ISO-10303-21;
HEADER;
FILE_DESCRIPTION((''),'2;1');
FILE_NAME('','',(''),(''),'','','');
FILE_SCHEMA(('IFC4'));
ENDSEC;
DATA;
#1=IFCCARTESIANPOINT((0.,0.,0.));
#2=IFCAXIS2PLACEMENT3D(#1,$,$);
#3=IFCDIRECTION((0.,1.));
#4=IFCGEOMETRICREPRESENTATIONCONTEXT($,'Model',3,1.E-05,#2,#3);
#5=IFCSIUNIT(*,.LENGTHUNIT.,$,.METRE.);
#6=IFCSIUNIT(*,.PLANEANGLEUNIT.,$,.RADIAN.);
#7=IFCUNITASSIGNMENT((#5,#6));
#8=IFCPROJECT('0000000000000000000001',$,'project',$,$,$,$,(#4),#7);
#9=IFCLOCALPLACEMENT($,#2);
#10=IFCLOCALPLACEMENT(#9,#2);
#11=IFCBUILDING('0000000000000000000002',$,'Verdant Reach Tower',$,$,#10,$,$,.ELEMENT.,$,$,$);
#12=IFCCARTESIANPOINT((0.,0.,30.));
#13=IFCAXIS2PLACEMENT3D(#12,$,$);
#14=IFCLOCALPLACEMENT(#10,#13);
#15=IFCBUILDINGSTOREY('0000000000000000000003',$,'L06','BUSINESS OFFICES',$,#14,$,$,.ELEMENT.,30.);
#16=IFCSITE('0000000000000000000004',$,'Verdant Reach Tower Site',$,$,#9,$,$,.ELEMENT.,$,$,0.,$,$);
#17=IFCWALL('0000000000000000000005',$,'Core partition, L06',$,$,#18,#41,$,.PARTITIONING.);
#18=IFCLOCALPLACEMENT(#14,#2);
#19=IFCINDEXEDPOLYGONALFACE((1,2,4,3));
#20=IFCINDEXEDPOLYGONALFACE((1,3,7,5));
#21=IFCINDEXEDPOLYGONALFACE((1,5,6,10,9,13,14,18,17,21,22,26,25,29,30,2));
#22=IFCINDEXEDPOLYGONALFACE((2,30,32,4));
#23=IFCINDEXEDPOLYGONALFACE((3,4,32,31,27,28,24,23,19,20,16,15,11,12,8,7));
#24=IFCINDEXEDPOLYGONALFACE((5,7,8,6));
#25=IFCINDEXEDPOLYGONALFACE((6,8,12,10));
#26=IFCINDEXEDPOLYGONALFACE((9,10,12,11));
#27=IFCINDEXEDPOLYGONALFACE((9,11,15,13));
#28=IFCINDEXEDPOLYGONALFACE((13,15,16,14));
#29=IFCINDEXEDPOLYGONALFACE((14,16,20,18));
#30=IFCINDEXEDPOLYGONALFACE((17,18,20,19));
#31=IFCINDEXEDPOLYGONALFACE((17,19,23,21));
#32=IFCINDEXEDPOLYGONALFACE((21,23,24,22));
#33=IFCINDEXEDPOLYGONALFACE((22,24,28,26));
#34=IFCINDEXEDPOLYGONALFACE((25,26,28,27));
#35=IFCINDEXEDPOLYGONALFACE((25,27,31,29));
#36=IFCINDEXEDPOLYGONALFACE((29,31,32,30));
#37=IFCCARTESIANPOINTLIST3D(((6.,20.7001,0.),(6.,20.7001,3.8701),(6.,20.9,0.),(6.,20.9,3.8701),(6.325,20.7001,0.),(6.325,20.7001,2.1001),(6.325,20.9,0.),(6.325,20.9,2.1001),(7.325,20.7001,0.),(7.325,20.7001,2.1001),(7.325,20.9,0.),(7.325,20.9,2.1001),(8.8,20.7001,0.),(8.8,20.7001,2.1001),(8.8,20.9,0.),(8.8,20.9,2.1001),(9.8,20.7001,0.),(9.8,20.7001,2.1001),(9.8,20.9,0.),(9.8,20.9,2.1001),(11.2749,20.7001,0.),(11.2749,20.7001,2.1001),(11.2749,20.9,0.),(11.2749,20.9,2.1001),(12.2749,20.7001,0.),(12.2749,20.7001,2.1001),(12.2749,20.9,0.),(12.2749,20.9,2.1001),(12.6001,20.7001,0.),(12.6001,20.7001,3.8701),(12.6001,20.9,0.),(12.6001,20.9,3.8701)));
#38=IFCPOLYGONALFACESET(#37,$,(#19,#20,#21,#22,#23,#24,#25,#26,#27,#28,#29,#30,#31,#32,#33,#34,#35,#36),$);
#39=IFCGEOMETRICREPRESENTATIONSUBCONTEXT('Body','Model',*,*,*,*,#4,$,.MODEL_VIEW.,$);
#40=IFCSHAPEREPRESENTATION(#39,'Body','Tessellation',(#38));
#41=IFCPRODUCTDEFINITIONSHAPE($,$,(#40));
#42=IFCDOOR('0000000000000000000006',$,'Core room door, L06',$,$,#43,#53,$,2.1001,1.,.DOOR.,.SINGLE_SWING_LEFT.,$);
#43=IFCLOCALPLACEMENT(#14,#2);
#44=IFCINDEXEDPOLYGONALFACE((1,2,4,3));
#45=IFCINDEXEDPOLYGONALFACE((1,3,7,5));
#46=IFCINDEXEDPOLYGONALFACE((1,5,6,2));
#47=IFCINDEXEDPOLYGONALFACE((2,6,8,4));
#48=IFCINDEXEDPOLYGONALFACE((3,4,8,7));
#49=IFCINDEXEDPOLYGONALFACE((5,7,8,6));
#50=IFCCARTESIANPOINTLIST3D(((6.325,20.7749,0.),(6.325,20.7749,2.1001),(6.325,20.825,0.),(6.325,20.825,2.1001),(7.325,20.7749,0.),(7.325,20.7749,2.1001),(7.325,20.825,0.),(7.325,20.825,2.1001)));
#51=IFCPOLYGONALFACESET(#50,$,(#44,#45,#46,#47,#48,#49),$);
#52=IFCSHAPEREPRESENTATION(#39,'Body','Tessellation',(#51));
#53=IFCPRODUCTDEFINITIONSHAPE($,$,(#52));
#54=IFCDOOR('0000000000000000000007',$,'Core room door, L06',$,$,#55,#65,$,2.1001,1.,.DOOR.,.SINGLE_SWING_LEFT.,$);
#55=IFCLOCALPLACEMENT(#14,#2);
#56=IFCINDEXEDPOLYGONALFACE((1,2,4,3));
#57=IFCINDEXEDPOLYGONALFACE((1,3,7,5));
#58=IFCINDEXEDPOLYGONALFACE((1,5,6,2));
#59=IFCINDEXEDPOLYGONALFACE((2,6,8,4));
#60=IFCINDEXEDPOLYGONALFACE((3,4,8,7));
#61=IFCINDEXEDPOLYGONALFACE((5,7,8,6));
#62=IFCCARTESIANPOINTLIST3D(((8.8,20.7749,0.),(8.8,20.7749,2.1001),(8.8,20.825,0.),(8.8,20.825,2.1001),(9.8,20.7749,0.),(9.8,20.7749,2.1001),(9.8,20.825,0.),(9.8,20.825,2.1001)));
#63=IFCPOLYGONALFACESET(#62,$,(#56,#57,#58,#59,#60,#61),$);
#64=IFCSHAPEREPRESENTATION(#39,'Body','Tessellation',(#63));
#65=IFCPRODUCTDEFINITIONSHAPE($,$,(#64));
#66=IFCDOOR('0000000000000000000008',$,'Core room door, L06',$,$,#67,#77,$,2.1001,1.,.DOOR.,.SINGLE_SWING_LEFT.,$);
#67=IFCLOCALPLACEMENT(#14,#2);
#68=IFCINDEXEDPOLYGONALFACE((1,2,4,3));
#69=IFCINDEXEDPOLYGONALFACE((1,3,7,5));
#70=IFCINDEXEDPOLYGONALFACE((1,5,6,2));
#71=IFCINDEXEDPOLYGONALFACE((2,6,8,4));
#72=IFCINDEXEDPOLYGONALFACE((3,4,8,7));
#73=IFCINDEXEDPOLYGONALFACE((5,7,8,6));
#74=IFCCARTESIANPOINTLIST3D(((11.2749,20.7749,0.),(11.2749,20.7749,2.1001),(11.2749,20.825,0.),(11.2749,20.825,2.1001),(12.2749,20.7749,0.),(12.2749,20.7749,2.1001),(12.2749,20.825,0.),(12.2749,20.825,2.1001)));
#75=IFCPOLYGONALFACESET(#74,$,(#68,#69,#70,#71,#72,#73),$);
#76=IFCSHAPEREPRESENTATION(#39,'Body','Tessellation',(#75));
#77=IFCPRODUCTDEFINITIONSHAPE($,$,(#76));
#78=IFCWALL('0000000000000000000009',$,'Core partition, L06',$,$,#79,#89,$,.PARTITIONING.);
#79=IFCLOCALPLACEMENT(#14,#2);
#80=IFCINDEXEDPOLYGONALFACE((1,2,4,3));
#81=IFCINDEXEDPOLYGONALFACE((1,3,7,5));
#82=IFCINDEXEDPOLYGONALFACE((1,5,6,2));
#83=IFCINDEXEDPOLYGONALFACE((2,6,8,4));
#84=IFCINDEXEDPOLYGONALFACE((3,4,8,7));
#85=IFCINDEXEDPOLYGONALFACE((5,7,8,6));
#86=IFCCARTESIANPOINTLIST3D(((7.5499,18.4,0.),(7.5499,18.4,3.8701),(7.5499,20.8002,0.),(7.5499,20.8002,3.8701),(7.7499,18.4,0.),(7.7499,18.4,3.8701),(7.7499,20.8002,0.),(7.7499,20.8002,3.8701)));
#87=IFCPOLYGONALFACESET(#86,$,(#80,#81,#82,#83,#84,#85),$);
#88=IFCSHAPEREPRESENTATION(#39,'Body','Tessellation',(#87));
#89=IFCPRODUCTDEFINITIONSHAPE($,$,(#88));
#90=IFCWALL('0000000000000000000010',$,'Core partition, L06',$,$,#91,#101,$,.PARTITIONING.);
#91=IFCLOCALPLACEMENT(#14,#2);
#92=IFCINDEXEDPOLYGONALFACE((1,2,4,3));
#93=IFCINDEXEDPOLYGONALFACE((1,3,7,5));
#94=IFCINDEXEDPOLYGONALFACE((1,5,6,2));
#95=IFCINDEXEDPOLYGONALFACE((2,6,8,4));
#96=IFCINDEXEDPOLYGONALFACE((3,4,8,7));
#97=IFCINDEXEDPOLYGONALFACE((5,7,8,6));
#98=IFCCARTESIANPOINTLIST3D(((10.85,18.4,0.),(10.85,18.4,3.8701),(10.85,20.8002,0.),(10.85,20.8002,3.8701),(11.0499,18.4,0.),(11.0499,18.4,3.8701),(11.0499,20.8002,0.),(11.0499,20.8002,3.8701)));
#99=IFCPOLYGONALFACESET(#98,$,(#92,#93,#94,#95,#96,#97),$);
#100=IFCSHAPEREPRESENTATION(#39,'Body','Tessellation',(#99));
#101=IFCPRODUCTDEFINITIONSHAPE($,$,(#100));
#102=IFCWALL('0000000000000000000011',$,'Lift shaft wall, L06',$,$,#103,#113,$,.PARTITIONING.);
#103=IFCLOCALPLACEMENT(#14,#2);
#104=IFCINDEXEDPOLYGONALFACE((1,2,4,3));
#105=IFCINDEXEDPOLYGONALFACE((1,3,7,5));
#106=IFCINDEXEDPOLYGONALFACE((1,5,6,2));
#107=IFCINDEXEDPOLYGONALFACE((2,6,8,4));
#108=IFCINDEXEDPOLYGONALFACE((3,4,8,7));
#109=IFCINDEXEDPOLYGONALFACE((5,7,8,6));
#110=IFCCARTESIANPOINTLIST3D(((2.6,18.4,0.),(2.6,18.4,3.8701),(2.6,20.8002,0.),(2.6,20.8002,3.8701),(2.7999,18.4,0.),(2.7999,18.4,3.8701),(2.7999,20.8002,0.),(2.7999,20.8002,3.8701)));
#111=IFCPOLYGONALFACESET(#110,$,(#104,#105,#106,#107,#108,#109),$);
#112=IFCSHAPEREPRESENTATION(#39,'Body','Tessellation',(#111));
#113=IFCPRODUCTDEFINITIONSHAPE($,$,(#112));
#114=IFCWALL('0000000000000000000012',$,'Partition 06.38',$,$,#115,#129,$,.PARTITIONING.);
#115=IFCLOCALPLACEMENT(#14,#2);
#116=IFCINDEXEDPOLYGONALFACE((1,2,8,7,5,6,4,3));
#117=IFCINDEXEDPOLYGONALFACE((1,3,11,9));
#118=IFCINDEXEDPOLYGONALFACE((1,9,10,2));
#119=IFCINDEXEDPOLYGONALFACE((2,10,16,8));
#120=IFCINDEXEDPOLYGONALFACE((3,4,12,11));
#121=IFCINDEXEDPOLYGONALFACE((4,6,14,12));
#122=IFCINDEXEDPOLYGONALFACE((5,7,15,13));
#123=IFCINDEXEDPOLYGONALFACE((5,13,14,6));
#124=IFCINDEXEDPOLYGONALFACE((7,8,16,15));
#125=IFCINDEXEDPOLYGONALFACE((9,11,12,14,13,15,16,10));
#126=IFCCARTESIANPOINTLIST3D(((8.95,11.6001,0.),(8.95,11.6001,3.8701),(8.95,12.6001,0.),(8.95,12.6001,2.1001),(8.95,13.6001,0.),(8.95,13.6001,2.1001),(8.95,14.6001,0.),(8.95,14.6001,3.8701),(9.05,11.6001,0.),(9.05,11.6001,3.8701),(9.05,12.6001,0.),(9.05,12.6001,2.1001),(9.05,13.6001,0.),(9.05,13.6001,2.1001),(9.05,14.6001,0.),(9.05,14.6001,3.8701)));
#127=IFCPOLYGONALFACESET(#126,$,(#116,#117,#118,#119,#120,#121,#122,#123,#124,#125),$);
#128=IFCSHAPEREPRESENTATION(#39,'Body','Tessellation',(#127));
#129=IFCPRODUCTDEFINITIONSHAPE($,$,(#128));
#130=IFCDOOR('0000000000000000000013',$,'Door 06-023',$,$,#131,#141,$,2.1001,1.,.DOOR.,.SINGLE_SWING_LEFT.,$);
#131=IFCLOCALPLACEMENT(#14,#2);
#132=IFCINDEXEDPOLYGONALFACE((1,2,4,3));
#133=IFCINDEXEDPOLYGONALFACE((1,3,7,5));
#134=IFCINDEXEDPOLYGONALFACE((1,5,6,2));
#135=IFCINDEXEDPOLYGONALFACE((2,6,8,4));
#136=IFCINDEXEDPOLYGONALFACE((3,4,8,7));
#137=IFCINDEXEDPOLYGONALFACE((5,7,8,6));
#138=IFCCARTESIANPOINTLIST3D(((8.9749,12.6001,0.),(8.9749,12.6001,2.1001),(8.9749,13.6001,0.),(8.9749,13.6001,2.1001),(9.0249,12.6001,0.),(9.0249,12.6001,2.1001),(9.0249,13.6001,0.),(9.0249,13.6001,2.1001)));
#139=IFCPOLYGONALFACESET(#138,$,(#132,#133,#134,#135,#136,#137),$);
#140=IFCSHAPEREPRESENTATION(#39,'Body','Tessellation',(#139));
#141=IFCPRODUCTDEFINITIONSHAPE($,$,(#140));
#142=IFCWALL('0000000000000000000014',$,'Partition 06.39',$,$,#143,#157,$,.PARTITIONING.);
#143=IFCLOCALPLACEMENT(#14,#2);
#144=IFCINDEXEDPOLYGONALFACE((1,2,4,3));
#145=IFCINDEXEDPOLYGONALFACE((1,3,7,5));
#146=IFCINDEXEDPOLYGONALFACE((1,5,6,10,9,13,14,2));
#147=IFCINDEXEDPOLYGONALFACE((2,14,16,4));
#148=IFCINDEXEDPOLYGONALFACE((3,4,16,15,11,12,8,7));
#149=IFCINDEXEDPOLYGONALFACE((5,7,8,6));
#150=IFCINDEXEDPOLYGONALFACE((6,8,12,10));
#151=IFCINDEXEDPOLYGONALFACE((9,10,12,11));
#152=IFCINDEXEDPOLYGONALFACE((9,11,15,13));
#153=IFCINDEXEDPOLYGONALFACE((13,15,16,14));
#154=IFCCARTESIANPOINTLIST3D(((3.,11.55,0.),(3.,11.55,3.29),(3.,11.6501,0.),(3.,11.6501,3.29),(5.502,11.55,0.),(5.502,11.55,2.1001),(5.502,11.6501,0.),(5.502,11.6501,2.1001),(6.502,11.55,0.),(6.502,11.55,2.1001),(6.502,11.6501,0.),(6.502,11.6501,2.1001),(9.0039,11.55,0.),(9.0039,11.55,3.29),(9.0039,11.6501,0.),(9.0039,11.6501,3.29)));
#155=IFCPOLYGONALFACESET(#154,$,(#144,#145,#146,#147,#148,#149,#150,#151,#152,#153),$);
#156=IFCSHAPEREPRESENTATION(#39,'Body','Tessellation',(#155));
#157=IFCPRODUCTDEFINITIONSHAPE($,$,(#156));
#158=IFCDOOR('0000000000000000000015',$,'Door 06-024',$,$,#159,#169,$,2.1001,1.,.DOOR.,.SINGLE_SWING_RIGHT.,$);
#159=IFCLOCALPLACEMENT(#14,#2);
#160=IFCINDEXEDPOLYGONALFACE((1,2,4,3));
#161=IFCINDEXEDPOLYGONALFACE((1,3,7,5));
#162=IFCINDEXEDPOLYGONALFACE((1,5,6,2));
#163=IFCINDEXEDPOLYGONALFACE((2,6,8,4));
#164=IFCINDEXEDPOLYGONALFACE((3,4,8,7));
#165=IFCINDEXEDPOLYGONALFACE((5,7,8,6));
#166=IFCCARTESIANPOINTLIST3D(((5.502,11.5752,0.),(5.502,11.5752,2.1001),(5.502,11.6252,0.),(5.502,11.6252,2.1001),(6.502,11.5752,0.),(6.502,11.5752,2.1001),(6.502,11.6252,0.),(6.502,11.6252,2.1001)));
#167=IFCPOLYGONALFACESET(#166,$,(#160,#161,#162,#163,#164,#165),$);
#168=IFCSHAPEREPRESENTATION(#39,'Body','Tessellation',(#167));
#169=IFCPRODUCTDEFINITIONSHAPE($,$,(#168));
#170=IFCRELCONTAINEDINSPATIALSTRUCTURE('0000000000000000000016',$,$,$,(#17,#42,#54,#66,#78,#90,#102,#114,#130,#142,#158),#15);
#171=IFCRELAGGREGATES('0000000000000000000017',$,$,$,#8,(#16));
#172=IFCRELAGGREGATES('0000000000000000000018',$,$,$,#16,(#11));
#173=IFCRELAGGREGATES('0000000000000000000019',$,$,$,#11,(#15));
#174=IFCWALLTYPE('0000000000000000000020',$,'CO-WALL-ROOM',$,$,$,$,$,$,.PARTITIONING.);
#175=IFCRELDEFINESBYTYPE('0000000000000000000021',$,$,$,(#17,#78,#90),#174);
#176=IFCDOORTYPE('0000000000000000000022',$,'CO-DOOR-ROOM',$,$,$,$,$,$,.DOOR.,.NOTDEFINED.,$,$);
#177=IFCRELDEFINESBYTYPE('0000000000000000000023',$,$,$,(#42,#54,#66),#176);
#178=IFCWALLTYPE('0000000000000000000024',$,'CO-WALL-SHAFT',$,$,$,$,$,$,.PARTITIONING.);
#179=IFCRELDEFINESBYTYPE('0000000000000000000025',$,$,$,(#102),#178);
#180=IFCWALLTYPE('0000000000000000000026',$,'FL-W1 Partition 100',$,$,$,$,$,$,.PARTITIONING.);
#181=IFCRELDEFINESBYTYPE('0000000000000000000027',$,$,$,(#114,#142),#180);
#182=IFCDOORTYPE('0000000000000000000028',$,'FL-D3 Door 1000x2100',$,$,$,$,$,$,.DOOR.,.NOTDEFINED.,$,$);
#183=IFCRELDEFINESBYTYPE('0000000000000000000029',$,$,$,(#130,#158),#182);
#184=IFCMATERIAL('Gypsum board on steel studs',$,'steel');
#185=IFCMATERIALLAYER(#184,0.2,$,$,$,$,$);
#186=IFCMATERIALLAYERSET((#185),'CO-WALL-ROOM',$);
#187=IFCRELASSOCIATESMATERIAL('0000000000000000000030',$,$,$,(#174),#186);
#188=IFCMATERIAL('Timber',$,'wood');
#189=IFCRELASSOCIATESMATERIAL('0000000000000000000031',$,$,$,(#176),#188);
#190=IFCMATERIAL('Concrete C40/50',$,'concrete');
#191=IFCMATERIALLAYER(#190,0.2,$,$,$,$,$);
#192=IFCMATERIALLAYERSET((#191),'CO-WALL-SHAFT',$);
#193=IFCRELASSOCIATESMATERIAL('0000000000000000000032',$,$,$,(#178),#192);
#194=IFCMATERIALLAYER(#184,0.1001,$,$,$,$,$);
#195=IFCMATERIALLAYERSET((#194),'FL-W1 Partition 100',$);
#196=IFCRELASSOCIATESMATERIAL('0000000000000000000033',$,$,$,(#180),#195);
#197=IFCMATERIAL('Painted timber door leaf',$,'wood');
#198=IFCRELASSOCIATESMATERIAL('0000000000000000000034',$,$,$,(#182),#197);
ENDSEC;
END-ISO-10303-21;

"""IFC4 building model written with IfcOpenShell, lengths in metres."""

from ifc_helpers import new_model, si_unit, direction, frame, frame_2d, origin, place, context, subcontext, project, spatial, rectangle, extrude, material, layer, layer_set, type_object, element, fill, save


model = new_model("IFC4")

# Units and contexts
model_context = context("Model", 3, precision=1e-05, world=origin(), true_north=direction((0.0, 1.0)))
body_context = subcontext(model_context, "Body", "Model", "MODEL_VIEW")
ifc_project = project(units=[si_unit("LENGTHUNIT", "METRE"), si_unit("PLANEANGLEUNIT", "RADIAN")], contexts=[model_context])

# Site, building, storey
site_placement = place(None, origin())
site = spatial("IfcSite", under=ifc_project, at=site_placement, Name="Verdant Reach Tower Site", CompositionType="ELEMENT", RefElevation=0.0)
building_placement = place(site_placement, origin())
building = spatial("IfcBuilding", under=site, at=building_placement, Name="Verdant Reach Tower", CompositionType="ELEMENT")
storey_placement = place(building_placement, frame((0.0, 0.0, 30.0)))
storey = spatial("IfcBuildingStorey", under=building, at=storey_placement, Name="L06", Description="BUSINESS OFFICES", CompositionType="ELEMENT", Elevation=30.0)

# Wall, openings, doors
ifc_material_1 = material(Name="Gypsum board on steel studs", Category="steel")
ifc_layer_1 = layer(ifc_material_1, 0.2)
ifc_layer_set_1 = layer_set([ifc_layer_1], Name="CO-WALL-ROOM")
wall_type_1 = type_object("IfcWallType", Name="CO-WALL-ROOM", PredefinedType="PARTITIONING", material=ifc_layer_set_1)
wall_1_placement = place(storey_placement, frame((6.0, 20.8, 0.0), z_axis=(0.0, 0.0, 1.0), x_axis=(1.0, 0.0, 0.0)))
wall_1 = element("IfcWall", 1, at=wall_1_placement, inside=storey, type_object=wall_type_1, Name="Core partition, L06", PredefinedType="PARTITIONING", context=body_context, shape_type="SweptSolid", body=[
    extrude(rectangle(XDim=6.6001, YDim=0.2, at=frame_2d((3.3, 0.0))), origin(), (0.0, 0.0, 1.0), 3.8701),
])
opening_1_placement = place(wall_1_placement, frame((0.325, 0.0, 0.0)))
opening_1 = element("IfcOpeningElement", 2, at=opening_1_placement, cuts=wall_1, PredefinedType="OPENING", context=body_context, shape_type="SweptSolid", body=[
    extrude(rectangle(XDim=1.0, YDim=2.1001, at=frame_2d((0.5, 1.05))), frame((0.0, 0.1099, 0.0), z_axis=(0.0, -1.0, 0.0), x_axis=(1.0, 0.0, 0.0)), (0.0, 0.0, 1.0), 0.22),
])
opening_2_placement = place(wall_1_placement, frame((2.8, 0.0, 0.0)))
opening_2 = element("IfcOpeningElement", 3, at=opening_2_placement, cuts=wall_1, PredefinedType="OPENING", context=body_context, shape_type="SweptSolid", body=[
    extrude(rectangle(XDim=1.0, YDim=2.1001, at=frame_2d((0.5, 1.05))), frame((0.0, 0.1099, 0.0), z_axis=(0.0, -1.0, 0.0), x_axis=(1.0, 0.0, 0.0)), (0.0, 0.0, 1.0), 0.22),
])
opening_3_placement = place(wall_1_placement, frame((5.2749, 0.0, 0.0)))
opening_3 = element("IfcOpeningElement", 4, at=opening_3_placement, cuts=wall_1, PredefinedType="OPENING", context=body_context, shape_type="SweptSolid", body=[
    extrude(rectangle(XDim=1.0, YDim=2.1001, at=frame_2d((0.5, 1.05))), frame((0.0, 0.1099, 0.0), z_axis=(0.0, -1.0, 0.0), x_axis=(1.0, 0.0, 0.0)), (0.0, 0.0, 1.0), 0.22),
])
ifc_material_2 = material(Name="Timber", Category="wood")
door_type_1 = type_object("IfcDoorType", Name="CO-DOOR-ROOM", OperationType="NOTDEFINED", PredefinedType="DOOR", material=ifc_material_2)
door_1_placement = place(opening_1_placement, origin())
door_1 = element("IfcDoor", 5, at=door_1_placement, inside=storey, type_object=door_type_1, Name="Core room door, L06", OperationType="SINGLE_SWING_LEFT", OverallHeight=2.1001, OverallWidth=1.0, PredefinedType="DOOR", context=body_context, shape_type="SweptSolid", body=[
    extrude(rectangle(XDim=1.0, YDim=2.1001, at=frame_2d((0.5, 1.05))), frame((0.0, 0.0249, 0.0), z_axis=(0.0, -1.0, 0.0), x_axis=(1.0, 0.0, 0.0)), (0.0, 0.0, 1.0), 0.05),
])
fill(opening_1, door_1)
door_2_placement = place(opening_2_placement, origin())
door_2 = element("IfcDoor", 6, at=door_2_placement, inside=storey, type_object=door_type_1, Name="Core room door, L06", OperationType="SINGLE_SWING_LEFT", OverallHeight=2.1001, OverallWidth=1.0, PredefinedType="DOOR", context=body_context, shape_type="SweptSolid", body=[
    extrude(rectangle(XDim=1.0, YDim=2.1001, at=frame_2d((0.5, 1.05))), frame((0.0, 0.0249, 0.0), z_axis=(0.0, -1.0, 0.0), x_axis=(1.0, 0.0, 0.0)), (0.0, 0.0, 1.0), 0.05),
])
fill(opening_2, door_2)
door_3_placement = place(opening_3_placement, origin())
door_3 = element("IfcDoor", 7, at=door_3_placement, inside=storey, type_object=door_type_1, Name="Core room door, L06", OperationType="SINGLE_SWING_LEFT", OverallHeight=2.1001, OverallWidth=1.0, PredefinedType="DOOR", context=body_context, shape_type="SweptSolid", body=[
    extrude(rectangle(XDim=1.0, YDim=2.1001, at=frame_2d((0.5, 1.05))), frame((0.0, 0.0249, 0.0), z_axis=(0.0, -1.0, 0.0), x_axis=(1.0, 0.0, 0.0)), (0.0, 0.0, 1.0), 0.05),
])
fill(opening_3, door_3)

# Walls
for number, where, z_axis, x_axis, name in (
    (8, (7.6499, 18.3999, 0.0), (0.0, 0.0, 1.0), (0.0, 1.0, 0.0), "Core partition, L06"),
    (9, (10.95, 18.3999, 0.0), (0.0, 0.0, 1.0), (0.0, 1.0, 0.0), "Core partition, L06"),
):
    element("IfcWall", number, at=place(storey_placement, frame(where, z_axis=z_axis, x_axis=x_axis)), inside=storey, type_object=wall_type_1, Name=name, PredefinedType="PARTITIONING", context=body_context, shape_type="SweptSolid", body=[
        extrude(rectangle(XDim=2.4001, YDim=0.2, at=frame_2d((1.2002, 0.0))), origin(), (0.0, 0.0, 1.0), 3.8701),
    ])
ifc_material_3 = material(Name="Concrete C40/50", Category="concrete")
ifc_layer_2 = layer(ifc_material_3, 0.2)
ifc_layer_set_2 = layer_set([ifc_layer_2], Name="CO-WALL-SHAFT")
wall_type_2 = type_object("IfcWallType", Name="CO-WALL-SHAFT", PredefinedType="PARTITIONING", material=ifc_layer_set_2)
wall_2_placement = place(storey_placement, frame((2.7, 18.3999, 0.0), z_axis=(0.0, 0.0, 1.0), x_axis=(0.0, 1.0, 0.0)))
element("IfcWall", 10, at=wall_2_placement, inside=storey, type_object=wall_type_2, Name="Lift shaft wall, L06", PredefinedType="PARTITIONING", context=body_context, shape_type="SweptSolid", body=[
    extrude(rectangle(XDim=2.4001, YDim=0.2, at=frame_2d((1.2002, 0.0))), origin(), (0.0, 0.0, 1.0), 3.8701),
])

# Walls, openings, doors
ifc_layer_3 = layer(ifc_material_1, 0.1001)
ifc_layer_set_3 = layer_set([ifc_layer_3], Name="FL-W1 Partition 100")
wall_type_3 = type_object("IfcWallType", Name="FL-W1 Partition 100", PredefinedType="PARTITIONING", material=ifc_layer_set_3)
wall_3_placement = place(storey_placement, frame((9.0, 14.6001, 0.0), z_axis=(0.0, 0.0, 1.0), x_axis=(0.0, -1.0, 0.0)))
wall_3 = element("IfcWall", 11, at=wall_3_placement, inside=storey, type_object=wall_type_3, Name="Partition 06.38", PredefinedType="PARTITIONING", context=body_context, shape_type="SweptSolid", body=[
    extrude(rectangle(XDim=3.0, YDim=0.1001, at=frame_2d((1.5, 0.0))), origin(), (0.0, 0.0, 1.0), 3.8701),
])
opening_4_placement = place(wall_3_placement, frame((1.0, 0.0, 0.0)))
opening_4 = element("IfcOpeningElement", 12, at=opening_4_placement, cuts=wall_3, PredefinedType="OPENING", context=body_context, shape_type="SweptSolid", body=[
    extrude(rectangle(XDim=1.0, YDim=2.1001, at=frame_2d((0.5, 1.05))), frame((0.0, 0.0601, 0.0), z_axis=(0.0, -1.0, 0.0), x_axis=(1.0, 0.0, 0.0)), (0.0, 0.0, 1.0), 0.1201),
])
ifc_material_4 = material(Name="Painted timber door leaf", Category="wood")
door_type_2 = type_object("IfcDoorType", Name="FL-D3 Door 1000x2100", OperationType="NOTDEFINED", PredefinedType="DOOR", material=ifc_material_4)
door_4_placement = place(opening_4_placement, origin())
door_4 = element("IfcDoor", 13, at=door_4_placement, inside=storey, type_object=door_type_2, Name="Door 06-023", OperationType="SINGLE_SWING_LEFT", OverallHeight=2.1001, OverallWidth=1.0, PredefinedType="DOOR", context=body_context, shape_type="SweptSolid", body=[
    extrude(rectangle(XDim=1.0, YDim=2.1001, at=frame_2d((0.5, 1.05))), frame((0.0, 0.0249, 0.0), z_axis=(0.0, -1.0, 0.0), x_axis=(1.0, 0.0, 0.0)), (0.0, 0.0, 1.0), 0.05),
])
fill(opening_4, door_4)
wall_4_placement = place(storey_placement, frame((9.0039, 11.6001, 0.0), z_axis=(0.0, 0.0, 1.0), x_axis=(-1.0, 0.0, 0.0)))
wall_4 = element("IfcWall", 14, at=wall_4_placement, inside=storey, type_object=wall_type_3, Name="Partition 06.39", PredefinedType="PARTITIONING", context=body_context, shape_type="SweptSolid", body=[
    extrude(rectangle(XDim=6.0039, YDim=0.1001, at=frame_2d((3.002, 0.0))), origin(), (0.0, 0.0, 1.0), 3.29),
])
opening_5_placement = place(wall_4_placement, frame((2.502, 0.0, 0.0)))
opening_5 = element("IfcOpeningElement", 15, at=opening_5_placement, cuts=wall_4, PredefinedType="OPENING", context=body_context, shape_type="SweptSolid", body=[
    extrude(rectangle(XDim=1.0, YDim=2.1001, at=frame_2d((0.5, 1.05))), frame((0.0, 0.0601, 0.0), z_axis=(0.0, -1.0, 0.0), x_axis=(1.0, 0.0, 0.0)), (0.0, 0.0, 1.0), 0.1201),
])
door_5_placement = place(opening_5_placement, origin())
door_5 = element("IfcDoor", 16, at=door_5_placement, inside=storey, type_object=door_type_2, Name="Door 06-024", OperationType="SINGLE_SWING_RIGHT", OverallHeight=2.1001, OverallWidth=1.0, PredefinedType="DOOR", context=body_context, shape_type="SweptSolid", body=[
    extrude(rectangle(XDim=1.0, YDim=2.1001, at=frame_2d((0.5, 1.05))), frame((0.0, 0.0249, 0.0), z_axis=(0.0, -1.0, 0.0), x_axis=(1.0, 0.0, 0.0)), (0.0, 0.0, 1.0), 0.05),
])
fill(opening_5, door_5)

save(model, "model.ifc")
